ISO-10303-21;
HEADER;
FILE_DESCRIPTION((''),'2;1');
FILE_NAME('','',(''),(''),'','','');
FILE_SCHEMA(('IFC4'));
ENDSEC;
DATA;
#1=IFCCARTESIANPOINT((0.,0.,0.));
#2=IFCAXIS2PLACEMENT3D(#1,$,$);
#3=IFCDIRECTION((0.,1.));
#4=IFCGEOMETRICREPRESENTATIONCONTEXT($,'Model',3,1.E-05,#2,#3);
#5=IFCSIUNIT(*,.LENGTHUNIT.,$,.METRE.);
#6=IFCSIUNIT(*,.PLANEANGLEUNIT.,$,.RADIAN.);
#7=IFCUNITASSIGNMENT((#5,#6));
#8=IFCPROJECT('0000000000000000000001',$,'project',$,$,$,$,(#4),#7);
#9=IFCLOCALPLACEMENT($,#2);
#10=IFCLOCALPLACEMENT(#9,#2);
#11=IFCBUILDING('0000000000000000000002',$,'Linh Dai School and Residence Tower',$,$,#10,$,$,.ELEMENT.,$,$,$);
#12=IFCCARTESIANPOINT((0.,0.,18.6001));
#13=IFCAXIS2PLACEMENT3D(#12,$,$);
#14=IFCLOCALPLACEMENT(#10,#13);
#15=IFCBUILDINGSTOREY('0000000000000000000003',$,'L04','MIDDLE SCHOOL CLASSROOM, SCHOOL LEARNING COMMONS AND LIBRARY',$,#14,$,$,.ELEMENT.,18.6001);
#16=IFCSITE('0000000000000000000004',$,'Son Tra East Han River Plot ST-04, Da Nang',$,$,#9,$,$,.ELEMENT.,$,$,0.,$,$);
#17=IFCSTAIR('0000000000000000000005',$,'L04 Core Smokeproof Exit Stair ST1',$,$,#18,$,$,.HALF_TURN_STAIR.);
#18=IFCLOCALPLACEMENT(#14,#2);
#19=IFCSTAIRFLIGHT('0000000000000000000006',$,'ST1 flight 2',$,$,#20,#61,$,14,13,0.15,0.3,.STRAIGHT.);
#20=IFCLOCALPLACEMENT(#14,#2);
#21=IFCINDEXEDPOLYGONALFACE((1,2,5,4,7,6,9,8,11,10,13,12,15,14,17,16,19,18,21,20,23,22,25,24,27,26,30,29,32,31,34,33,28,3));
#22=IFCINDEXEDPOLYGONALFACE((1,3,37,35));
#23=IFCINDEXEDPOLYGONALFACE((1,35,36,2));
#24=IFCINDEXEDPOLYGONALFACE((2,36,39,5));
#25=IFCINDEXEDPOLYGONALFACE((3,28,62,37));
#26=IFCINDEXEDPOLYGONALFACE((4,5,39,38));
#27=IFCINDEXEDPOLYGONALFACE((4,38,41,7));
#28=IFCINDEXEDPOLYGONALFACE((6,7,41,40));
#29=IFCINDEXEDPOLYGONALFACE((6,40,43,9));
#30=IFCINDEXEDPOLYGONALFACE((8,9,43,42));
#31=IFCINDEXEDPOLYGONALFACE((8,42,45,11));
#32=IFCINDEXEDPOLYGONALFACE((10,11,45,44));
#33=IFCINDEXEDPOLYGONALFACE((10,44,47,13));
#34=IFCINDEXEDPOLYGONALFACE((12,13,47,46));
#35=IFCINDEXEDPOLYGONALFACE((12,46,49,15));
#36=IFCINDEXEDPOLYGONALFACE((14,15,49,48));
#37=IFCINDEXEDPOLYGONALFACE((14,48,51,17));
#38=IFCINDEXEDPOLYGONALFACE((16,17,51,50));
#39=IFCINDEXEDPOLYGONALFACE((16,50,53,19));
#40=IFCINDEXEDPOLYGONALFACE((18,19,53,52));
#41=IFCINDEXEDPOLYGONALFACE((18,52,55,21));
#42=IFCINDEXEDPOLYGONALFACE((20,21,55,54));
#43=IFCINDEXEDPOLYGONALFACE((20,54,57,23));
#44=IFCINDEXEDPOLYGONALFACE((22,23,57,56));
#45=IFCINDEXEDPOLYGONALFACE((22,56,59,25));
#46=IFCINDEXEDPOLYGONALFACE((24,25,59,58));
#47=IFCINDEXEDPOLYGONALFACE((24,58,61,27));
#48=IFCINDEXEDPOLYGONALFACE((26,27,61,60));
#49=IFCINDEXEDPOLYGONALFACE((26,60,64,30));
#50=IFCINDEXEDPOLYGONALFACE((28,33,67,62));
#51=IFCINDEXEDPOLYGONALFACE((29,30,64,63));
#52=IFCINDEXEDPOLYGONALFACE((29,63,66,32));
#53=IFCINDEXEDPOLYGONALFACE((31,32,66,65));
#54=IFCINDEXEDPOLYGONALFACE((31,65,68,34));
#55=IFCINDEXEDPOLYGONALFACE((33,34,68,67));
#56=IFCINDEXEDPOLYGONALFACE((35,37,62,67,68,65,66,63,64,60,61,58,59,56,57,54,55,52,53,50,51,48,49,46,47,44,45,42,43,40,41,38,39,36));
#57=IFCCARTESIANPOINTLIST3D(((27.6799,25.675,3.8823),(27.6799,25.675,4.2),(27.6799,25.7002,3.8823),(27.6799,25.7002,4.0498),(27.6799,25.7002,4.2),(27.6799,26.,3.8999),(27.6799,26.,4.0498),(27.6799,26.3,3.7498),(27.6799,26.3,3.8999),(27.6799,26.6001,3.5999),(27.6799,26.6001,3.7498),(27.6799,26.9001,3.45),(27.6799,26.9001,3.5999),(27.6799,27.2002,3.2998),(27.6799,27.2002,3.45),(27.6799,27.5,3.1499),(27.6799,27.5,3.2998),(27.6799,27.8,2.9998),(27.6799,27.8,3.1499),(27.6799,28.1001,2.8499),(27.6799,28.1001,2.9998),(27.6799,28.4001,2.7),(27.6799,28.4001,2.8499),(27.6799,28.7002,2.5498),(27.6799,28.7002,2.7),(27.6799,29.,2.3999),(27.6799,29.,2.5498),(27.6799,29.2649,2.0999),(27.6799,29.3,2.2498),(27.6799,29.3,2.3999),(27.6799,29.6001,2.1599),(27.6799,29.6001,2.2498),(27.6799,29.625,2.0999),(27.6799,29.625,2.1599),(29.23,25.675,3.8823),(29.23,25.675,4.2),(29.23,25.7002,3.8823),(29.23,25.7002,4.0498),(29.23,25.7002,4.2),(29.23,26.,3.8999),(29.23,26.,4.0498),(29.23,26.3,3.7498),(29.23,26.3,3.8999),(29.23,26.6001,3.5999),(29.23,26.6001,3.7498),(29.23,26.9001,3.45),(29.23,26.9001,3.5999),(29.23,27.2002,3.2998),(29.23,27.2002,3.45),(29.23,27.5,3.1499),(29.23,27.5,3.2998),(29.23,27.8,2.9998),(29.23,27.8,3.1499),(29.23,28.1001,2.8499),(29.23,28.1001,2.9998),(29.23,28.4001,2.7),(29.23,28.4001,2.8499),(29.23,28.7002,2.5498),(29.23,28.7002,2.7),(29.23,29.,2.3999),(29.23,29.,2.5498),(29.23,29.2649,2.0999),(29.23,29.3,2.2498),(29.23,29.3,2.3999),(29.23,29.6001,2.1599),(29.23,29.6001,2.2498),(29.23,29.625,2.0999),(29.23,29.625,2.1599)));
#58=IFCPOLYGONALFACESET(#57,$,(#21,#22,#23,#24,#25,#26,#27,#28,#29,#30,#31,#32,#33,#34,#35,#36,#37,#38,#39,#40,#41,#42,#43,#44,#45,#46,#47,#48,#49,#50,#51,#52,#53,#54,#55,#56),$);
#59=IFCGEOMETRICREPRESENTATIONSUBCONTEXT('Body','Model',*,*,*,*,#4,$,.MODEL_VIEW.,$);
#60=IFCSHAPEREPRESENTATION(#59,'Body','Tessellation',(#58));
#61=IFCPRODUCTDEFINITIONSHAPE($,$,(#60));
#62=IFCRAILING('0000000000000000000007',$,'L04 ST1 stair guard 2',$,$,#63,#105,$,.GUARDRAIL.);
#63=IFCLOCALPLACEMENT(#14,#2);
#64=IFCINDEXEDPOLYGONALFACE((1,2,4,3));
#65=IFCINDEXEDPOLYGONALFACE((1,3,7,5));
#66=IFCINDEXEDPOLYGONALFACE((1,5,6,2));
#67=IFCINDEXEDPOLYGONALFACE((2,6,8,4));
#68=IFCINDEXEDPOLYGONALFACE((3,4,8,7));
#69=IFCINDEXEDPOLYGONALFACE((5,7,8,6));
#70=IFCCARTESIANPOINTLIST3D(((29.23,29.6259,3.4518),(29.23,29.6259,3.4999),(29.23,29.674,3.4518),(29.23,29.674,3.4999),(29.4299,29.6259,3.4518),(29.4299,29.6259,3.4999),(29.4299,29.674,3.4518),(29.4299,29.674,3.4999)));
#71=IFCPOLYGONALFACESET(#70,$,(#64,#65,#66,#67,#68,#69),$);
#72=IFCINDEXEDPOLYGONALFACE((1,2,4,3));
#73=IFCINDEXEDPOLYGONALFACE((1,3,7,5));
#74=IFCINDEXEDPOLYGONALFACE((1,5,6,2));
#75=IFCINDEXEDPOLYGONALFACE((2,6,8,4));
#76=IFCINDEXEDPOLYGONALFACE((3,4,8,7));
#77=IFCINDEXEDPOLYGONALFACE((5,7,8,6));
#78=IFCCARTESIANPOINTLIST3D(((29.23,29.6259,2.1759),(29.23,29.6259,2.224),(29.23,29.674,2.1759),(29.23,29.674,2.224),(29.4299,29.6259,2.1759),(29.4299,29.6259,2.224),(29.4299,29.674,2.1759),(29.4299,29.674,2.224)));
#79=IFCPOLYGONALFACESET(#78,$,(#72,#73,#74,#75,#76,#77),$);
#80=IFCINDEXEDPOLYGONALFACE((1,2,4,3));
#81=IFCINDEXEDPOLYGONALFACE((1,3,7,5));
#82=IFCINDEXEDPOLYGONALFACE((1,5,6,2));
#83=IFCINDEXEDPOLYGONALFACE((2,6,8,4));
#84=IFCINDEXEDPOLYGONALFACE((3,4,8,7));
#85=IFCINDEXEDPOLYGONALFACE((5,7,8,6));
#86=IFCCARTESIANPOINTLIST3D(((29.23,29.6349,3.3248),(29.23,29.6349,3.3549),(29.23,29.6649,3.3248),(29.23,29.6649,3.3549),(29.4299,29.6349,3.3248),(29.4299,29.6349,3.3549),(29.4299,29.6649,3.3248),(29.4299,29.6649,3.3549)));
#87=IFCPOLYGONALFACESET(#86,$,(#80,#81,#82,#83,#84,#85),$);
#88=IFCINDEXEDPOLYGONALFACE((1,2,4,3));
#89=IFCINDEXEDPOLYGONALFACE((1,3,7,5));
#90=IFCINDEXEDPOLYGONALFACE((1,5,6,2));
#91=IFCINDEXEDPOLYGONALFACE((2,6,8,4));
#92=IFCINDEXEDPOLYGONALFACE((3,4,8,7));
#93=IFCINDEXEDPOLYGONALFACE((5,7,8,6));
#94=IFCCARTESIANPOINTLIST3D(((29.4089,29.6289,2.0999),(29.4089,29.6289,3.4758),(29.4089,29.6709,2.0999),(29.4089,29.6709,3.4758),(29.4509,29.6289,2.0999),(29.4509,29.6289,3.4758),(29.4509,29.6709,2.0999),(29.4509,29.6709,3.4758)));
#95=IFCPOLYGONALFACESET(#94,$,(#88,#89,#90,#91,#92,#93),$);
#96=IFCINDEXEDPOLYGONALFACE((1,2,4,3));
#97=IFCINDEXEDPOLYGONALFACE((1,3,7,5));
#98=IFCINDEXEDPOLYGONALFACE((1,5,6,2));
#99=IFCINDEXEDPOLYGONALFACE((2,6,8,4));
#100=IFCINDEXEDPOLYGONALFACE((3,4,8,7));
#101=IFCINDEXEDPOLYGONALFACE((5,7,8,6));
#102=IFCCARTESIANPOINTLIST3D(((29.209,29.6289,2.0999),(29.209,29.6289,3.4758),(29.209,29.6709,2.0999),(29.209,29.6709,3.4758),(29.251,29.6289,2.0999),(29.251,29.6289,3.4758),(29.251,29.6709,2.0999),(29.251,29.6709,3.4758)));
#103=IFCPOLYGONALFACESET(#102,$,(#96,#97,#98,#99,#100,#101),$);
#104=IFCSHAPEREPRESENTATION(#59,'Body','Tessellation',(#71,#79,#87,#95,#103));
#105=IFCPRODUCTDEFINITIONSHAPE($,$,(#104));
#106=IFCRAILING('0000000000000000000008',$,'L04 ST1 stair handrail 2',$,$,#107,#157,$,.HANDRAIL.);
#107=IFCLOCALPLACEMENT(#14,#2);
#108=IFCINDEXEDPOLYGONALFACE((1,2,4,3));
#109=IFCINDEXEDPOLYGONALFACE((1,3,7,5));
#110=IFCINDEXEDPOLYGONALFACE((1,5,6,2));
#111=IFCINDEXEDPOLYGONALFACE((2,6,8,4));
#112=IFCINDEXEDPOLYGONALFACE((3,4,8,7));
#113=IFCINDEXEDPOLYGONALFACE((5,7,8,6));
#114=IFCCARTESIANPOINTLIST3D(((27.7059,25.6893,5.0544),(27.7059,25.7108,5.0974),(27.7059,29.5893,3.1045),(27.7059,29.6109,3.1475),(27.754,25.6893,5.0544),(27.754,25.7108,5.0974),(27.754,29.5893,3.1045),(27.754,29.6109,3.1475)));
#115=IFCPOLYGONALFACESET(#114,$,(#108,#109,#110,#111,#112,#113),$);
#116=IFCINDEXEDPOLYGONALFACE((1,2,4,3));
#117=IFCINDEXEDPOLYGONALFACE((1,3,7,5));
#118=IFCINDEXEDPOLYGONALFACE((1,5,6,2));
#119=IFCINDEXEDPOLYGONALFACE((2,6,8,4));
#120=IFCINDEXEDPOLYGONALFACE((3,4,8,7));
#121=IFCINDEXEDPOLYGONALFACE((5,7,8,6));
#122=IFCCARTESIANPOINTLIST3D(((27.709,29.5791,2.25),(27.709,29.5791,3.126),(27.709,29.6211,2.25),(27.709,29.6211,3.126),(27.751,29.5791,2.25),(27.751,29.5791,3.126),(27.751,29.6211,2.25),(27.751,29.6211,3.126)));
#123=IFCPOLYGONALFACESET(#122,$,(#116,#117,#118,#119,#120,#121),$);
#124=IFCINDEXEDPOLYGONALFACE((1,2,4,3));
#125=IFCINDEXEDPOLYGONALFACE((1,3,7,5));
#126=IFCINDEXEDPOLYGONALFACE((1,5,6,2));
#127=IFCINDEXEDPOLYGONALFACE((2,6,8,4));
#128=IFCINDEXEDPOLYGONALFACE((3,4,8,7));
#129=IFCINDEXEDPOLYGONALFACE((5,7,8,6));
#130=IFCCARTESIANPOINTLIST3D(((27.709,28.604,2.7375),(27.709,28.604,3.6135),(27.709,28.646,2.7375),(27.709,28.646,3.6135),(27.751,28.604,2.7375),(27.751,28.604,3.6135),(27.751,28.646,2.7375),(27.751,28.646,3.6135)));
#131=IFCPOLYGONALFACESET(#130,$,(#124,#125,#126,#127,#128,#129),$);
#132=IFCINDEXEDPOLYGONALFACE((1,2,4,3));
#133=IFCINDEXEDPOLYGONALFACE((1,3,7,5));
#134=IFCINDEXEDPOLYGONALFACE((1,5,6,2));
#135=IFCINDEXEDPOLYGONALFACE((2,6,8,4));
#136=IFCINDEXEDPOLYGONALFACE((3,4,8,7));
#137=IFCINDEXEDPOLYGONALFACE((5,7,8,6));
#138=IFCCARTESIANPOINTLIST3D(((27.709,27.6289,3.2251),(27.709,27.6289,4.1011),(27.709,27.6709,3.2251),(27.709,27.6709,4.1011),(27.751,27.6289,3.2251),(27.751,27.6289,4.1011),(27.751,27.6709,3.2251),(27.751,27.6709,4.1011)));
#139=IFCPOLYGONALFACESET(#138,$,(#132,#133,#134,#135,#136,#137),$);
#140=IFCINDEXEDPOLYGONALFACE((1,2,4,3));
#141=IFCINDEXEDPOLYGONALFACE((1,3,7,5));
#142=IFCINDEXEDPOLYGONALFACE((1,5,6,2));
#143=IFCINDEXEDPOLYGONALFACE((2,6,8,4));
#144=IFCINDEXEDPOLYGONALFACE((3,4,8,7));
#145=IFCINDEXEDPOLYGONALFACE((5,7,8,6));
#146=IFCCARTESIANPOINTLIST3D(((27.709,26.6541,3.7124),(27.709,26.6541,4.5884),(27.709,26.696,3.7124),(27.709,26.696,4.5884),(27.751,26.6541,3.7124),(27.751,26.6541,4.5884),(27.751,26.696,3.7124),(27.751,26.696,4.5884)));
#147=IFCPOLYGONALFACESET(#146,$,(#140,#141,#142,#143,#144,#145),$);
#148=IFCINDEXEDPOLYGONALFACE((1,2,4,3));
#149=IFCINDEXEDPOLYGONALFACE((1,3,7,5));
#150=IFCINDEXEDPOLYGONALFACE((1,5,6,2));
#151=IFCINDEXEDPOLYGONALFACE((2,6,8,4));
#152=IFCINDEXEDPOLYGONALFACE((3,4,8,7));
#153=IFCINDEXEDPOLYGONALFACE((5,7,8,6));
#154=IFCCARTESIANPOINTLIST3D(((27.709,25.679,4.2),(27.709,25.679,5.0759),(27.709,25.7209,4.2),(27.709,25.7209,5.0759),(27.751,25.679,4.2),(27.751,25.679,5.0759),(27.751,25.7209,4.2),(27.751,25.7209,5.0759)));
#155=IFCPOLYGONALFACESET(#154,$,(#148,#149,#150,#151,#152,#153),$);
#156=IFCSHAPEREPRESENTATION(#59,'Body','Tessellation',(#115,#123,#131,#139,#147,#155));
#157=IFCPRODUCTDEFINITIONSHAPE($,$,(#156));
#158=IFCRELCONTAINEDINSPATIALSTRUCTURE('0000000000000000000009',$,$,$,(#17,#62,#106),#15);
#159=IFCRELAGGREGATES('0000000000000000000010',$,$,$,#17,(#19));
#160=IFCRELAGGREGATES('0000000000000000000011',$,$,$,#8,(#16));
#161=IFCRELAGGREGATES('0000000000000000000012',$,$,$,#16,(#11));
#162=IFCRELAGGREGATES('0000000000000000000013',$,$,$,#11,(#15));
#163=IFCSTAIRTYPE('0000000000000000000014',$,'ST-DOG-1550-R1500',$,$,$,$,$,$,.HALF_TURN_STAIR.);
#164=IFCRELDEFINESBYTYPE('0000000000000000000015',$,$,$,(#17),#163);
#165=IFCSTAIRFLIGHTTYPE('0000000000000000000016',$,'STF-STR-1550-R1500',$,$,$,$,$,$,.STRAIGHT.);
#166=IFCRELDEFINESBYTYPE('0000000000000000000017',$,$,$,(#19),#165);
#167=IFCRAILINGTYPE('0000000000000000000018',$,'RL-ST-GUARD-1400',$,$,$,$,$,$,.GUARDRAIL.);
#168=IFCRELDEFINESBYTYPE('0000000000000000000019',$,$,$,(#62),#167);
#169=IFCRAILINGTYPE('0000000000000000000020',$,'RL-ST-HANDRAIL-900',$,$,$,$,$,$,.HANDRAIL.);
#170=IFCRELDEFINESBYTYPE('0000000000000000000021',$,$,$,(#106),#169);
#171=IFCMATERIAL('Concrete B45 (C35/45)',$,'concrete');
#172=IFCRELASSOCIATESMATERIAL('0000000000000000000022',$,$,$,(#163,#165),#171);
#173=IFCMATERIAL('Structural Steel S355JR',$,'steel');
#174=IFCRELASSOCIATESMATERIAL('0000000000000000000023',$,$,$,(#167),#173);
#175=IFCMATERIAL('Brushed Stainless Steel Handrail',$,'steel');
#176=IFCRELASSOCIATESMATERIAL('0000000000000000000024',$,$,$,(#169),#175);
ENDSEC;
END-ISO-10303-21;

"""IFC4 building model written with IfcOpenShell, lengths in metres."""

from ifc_helpers import new_model, si_unit, direction, frame, origin, origin_2d, place, context, subcontext, project, spatial, polyline, rectangle, outline, extrude, source, transform, mapped, material, type_object, element, aggregate, save


model = new_model("IFC4")

# Units and contexts
model_context = context("Model", 3, precision=1e-05, world=origin(), true_north=direction((0.0, 1.0)))
body_context = subcontext(model_context, "Body", "Model", "MODEL_VIEW")
ifc_project = project(units=[si_unit("LENGTHUNIT", "METRE"), si_unit("PLANEANGLEUNIT", "RADIAN")], contexts=[model_context])

# Site, building, storey
site_placement = place(None, origin())
site = spatial("IfcSite", under=ifc_project, at=site_placement, Name="Son Tra East Han River Plot ST-04, Da Nang", CompositionType="ELEMENT", RefElevation=0.0)
building_placement = place(site_placement, origin())
building = spatial("IfcBuilding", under=site, at=building_placement, Name="Linh Dai School and Residence Tower", CompositionType="ELEMENT")
storey_placement = place(building_placement, frame((0.0, 0.0, 18.6001)))
storey = spatial("IfcBuildingStorey", under=building, at=storey_placement, Name="L04", Description="MIDDLE SCHOOL CLASSROOM, SCHOOL LEARNING COMMONS AND LIBRARY", CompositionType="ELEMENT", Elevation=18.6001)

# Shared definitions
ifc_material_1 = material(Name="Structural Steel S355JR", Category="steel")

# Shared definitions
ifc_material_2 = material(Name="Concrete B45 (C35/45)", Category="concrete")

# Stair, stair flight
stair_type = type_object("IfcStairType", Name="ST-DOG-1550-R1500", PredefinedType="HALF_TURN_STAIR", material=ifc_material_2)
stair_placement = place(storey_placement, origin())
stair = element("IfcStair", 1, at=stair_placement, inside=storey, type_object=stair_type, Name="L04 Core Smokeproof Exit Stair ST1", PredefinedType="HALF_TURN_STAIR")
stair_flight_type = type_object("IfcStairFlightType", Name="STF-STR-1550-R1500", PredefinedType="STRAIGHT", material=ifc_material_2)
shared_shape_1 = source(origin(), body_context, "Body", "SweptSolid", [
    extrude(outline(polyline([(-0.0249, 0.0), (-0.0249, 0.0601), (0.0, 0.0601), (0.0, 0.1499), (0.3, 0.1499), (0.3, 0.3), (0.6001, 0.3), (0.6001, 0.45), (0.8999, 0.45), (0.8999, 0.6001), (1.2, 0.6001), (1.2, 0.75), (1.5, 0.75), (1.5, 0.8999), (1.8, 0.8999), (1.8, 1.05), (2.1001, 1.05), (2.1001, 1.2), (2.3999, 1.2), (2.3999, 1.3501), (2.7, 1.3501), (2.7, 1.5), (3.0, 1.5), (3.0, 1.6499), (3.3, 1.6499), (3.3, 1.8), (3.6001, 1.8), (3.6001, 1.95), (3.8999, 1.95), (3.8999, 2.1001), (3.925, 2.1001), (3.925, 1.7825), (3.8999, 1.7825), (0.3352, 0.0), (-0.0249, 0.0)])), frame((0.0, 0.7749, 0.0), z_axis=(0.0, -1.0, 0.0), x_axis=(1.0, 0.0, 0.0)), (0.0, 0.0, 1.0), 1.55),
])
stair_flight_placement = place(storey_placement, frame((28.4551, 29.6001, 2.0999), z_axis=(0.0, 0.0, 1.0), x_axis=(0.0, -1.0, 0.0)))
stair_flight = element("IfcStairFlight", 2, at=stair_flight_placement, type_object=stair_flight_type, Name="ST1 flight 2", NumberOfRisers=14, NumberOfTreads=13, PredefinedType="STRAIGHT", RiserHeight=0.15, TreadLength=0.3, context=body_context, shape_type="MappedRepresentation", body=[
    mapped(shared_shape_1, transform((0.0, 0.0, 0.0), x_axis=(1.0, 0.0, 0.0), y_axis=(0.0, 1.0, 0.0), z_axis=(0.0, 0.0, 1.0), scale=1.0)),
])
aggregate(stair, [stair_flight])

# Railings
railing_type_1 = type_object("IfcRailingType", Name="RL-ST-GUARD-1400", PredefinedType="GUARDRAIL", material=ifc_material_1)
shared_shape_2 = source(origin(), body_context, "Body", "SweptSolid", [
    extrude(rectangle(XDim=0.0481, YDim=0.0481, at=origin_2d()), frame((0.0, 0.0, 1.376), z_axis=(-1.0, 0.0, 0.0), x_axis=(0.0, -1.0, 0.0)), (0.0, 0.0, 1.0), 0.2),
    extrude(rectangle(XDim=0.0481, YDim=0.0481, at=origin_2d()), frame((0.0, 0.0, 0.1001), z_axis=(-1.0, 0.0, 0.0), x_axis=(0.0, -1.0, 0.0)), (0.0, 0.0, 1.0), 0.2),
    extrude(rectangle(XDim=0.03, YDim=0.03, at=origin_2d()), frame((0.0, 0.0, 1.24), z_axis=(-1.0, 0.0, 0.0), x_axis=(0.0, -1.0, 0.0)), (0.0, 0.0, 1.0), 0.2),
    extrude(rectangle(XDim=0.042, YDim=0.042, at=origin_2d()), origin(), (0.0, 0.0, 1.0), 1.376),
    extrude(rectangle(XDim=0.042, YDim=0.042, at=origin_2d()), frame((-0.2, 0.0, 0.0)), (0.0, 0.0, 1.0), 1.376),
])
railing_1_placement = place(storey_placement, frame((29.4299, 29.6499, 2.0999)))
element("IfcRailing", 3, at=railing_1_placement, inside=storey, type_object=railing_type_1, Name="L04 ST1 stair guard 2", PredefinedType="GUARDRAIL", context=body_context, shape_type="MappedRepresentation", body=[
    mapped(shared_shape_2, transform((0.0, 0.0, 0.0), x_axis=(1.0, 0.0, 0.0), y_axis=(0.0, 1.0, 0.0), z_axis=(0.0, 0.0, 1.0), scale=1.0)),
])
ifc_material_3 = material(Name="Brushed Stainless Steel Handrail", Category="steel")
railing_type_2 = type_object("IfcRailingType", Name="RL-ST-HANDRAIL-900", PredefinedType="HANDRAIL", material=ifc_material_3)
shared_shape_3 = source(origin(), body_context, "Body", "SweptSolid", [
    extrude(rectangle(XDim=0.0481, YDim=0.0481, at=origin_2d()), frame((0.0, 0.0, 0.876), z_axis=(0.0, -0.894438, 0.447191), x_axis=(1.0, 0.0, 0.0)), (0.0, 0.0, 1.0), 4.3604),
    extrude(rectangle(XDim=0.042, YDim=0.042, at=origin_2d()), origin(), (0.0, 0.0, 1.0), 0.876),
    extrude(rectangle(XDim=0.042, YDim=0.042, at=origin_2d()), frame((0.0, -0.9751, 0.4875)), (0.0, 0.0, 1.0), 0.876),
    extrude(rectangle(XDim=0.042, YDim=0.042, at=origin_2d()), frame((0.0, -1.9502, 0.9751)), (0.0, 0.0, 1.0), 0.876),
    extrude(rectangle(XDim=0.042, YDim=0.042, at=origin_2d()), frame((0.0, -2.925, 1.4624)), (0.0, 0.0, 1.0), 0.876),
    extrude(rectangle(XDim=0.042, YDim=0.042, at=origin_2d()), frame((0.0, -3.9001, 1.95)), (0.0, 0.0, 1.0), 0.876),
])
railing_2_placement = place(storey_placement, frame((27.73, 29.6001, 2.25)))
element("IfcRailing", 4, at=railing_2_placement, inside=storey, type_object=railing_type_2, Name="L04 ST1 stair handrail 2", PredefinedType="HANDRAIL", context=body_context, shape_type="MappedRepresentation", body=[
    mapped(shared_shape_3, transform((0.0, 0.0, 0.0), x_axis=(1.0, 0.0, 0.0), y_axis=(0.0, 1.0, 0.0), z_axis=(0.0, 0.0, 1.0), scale=1.0)),
])

save(model, "model.ifc")
